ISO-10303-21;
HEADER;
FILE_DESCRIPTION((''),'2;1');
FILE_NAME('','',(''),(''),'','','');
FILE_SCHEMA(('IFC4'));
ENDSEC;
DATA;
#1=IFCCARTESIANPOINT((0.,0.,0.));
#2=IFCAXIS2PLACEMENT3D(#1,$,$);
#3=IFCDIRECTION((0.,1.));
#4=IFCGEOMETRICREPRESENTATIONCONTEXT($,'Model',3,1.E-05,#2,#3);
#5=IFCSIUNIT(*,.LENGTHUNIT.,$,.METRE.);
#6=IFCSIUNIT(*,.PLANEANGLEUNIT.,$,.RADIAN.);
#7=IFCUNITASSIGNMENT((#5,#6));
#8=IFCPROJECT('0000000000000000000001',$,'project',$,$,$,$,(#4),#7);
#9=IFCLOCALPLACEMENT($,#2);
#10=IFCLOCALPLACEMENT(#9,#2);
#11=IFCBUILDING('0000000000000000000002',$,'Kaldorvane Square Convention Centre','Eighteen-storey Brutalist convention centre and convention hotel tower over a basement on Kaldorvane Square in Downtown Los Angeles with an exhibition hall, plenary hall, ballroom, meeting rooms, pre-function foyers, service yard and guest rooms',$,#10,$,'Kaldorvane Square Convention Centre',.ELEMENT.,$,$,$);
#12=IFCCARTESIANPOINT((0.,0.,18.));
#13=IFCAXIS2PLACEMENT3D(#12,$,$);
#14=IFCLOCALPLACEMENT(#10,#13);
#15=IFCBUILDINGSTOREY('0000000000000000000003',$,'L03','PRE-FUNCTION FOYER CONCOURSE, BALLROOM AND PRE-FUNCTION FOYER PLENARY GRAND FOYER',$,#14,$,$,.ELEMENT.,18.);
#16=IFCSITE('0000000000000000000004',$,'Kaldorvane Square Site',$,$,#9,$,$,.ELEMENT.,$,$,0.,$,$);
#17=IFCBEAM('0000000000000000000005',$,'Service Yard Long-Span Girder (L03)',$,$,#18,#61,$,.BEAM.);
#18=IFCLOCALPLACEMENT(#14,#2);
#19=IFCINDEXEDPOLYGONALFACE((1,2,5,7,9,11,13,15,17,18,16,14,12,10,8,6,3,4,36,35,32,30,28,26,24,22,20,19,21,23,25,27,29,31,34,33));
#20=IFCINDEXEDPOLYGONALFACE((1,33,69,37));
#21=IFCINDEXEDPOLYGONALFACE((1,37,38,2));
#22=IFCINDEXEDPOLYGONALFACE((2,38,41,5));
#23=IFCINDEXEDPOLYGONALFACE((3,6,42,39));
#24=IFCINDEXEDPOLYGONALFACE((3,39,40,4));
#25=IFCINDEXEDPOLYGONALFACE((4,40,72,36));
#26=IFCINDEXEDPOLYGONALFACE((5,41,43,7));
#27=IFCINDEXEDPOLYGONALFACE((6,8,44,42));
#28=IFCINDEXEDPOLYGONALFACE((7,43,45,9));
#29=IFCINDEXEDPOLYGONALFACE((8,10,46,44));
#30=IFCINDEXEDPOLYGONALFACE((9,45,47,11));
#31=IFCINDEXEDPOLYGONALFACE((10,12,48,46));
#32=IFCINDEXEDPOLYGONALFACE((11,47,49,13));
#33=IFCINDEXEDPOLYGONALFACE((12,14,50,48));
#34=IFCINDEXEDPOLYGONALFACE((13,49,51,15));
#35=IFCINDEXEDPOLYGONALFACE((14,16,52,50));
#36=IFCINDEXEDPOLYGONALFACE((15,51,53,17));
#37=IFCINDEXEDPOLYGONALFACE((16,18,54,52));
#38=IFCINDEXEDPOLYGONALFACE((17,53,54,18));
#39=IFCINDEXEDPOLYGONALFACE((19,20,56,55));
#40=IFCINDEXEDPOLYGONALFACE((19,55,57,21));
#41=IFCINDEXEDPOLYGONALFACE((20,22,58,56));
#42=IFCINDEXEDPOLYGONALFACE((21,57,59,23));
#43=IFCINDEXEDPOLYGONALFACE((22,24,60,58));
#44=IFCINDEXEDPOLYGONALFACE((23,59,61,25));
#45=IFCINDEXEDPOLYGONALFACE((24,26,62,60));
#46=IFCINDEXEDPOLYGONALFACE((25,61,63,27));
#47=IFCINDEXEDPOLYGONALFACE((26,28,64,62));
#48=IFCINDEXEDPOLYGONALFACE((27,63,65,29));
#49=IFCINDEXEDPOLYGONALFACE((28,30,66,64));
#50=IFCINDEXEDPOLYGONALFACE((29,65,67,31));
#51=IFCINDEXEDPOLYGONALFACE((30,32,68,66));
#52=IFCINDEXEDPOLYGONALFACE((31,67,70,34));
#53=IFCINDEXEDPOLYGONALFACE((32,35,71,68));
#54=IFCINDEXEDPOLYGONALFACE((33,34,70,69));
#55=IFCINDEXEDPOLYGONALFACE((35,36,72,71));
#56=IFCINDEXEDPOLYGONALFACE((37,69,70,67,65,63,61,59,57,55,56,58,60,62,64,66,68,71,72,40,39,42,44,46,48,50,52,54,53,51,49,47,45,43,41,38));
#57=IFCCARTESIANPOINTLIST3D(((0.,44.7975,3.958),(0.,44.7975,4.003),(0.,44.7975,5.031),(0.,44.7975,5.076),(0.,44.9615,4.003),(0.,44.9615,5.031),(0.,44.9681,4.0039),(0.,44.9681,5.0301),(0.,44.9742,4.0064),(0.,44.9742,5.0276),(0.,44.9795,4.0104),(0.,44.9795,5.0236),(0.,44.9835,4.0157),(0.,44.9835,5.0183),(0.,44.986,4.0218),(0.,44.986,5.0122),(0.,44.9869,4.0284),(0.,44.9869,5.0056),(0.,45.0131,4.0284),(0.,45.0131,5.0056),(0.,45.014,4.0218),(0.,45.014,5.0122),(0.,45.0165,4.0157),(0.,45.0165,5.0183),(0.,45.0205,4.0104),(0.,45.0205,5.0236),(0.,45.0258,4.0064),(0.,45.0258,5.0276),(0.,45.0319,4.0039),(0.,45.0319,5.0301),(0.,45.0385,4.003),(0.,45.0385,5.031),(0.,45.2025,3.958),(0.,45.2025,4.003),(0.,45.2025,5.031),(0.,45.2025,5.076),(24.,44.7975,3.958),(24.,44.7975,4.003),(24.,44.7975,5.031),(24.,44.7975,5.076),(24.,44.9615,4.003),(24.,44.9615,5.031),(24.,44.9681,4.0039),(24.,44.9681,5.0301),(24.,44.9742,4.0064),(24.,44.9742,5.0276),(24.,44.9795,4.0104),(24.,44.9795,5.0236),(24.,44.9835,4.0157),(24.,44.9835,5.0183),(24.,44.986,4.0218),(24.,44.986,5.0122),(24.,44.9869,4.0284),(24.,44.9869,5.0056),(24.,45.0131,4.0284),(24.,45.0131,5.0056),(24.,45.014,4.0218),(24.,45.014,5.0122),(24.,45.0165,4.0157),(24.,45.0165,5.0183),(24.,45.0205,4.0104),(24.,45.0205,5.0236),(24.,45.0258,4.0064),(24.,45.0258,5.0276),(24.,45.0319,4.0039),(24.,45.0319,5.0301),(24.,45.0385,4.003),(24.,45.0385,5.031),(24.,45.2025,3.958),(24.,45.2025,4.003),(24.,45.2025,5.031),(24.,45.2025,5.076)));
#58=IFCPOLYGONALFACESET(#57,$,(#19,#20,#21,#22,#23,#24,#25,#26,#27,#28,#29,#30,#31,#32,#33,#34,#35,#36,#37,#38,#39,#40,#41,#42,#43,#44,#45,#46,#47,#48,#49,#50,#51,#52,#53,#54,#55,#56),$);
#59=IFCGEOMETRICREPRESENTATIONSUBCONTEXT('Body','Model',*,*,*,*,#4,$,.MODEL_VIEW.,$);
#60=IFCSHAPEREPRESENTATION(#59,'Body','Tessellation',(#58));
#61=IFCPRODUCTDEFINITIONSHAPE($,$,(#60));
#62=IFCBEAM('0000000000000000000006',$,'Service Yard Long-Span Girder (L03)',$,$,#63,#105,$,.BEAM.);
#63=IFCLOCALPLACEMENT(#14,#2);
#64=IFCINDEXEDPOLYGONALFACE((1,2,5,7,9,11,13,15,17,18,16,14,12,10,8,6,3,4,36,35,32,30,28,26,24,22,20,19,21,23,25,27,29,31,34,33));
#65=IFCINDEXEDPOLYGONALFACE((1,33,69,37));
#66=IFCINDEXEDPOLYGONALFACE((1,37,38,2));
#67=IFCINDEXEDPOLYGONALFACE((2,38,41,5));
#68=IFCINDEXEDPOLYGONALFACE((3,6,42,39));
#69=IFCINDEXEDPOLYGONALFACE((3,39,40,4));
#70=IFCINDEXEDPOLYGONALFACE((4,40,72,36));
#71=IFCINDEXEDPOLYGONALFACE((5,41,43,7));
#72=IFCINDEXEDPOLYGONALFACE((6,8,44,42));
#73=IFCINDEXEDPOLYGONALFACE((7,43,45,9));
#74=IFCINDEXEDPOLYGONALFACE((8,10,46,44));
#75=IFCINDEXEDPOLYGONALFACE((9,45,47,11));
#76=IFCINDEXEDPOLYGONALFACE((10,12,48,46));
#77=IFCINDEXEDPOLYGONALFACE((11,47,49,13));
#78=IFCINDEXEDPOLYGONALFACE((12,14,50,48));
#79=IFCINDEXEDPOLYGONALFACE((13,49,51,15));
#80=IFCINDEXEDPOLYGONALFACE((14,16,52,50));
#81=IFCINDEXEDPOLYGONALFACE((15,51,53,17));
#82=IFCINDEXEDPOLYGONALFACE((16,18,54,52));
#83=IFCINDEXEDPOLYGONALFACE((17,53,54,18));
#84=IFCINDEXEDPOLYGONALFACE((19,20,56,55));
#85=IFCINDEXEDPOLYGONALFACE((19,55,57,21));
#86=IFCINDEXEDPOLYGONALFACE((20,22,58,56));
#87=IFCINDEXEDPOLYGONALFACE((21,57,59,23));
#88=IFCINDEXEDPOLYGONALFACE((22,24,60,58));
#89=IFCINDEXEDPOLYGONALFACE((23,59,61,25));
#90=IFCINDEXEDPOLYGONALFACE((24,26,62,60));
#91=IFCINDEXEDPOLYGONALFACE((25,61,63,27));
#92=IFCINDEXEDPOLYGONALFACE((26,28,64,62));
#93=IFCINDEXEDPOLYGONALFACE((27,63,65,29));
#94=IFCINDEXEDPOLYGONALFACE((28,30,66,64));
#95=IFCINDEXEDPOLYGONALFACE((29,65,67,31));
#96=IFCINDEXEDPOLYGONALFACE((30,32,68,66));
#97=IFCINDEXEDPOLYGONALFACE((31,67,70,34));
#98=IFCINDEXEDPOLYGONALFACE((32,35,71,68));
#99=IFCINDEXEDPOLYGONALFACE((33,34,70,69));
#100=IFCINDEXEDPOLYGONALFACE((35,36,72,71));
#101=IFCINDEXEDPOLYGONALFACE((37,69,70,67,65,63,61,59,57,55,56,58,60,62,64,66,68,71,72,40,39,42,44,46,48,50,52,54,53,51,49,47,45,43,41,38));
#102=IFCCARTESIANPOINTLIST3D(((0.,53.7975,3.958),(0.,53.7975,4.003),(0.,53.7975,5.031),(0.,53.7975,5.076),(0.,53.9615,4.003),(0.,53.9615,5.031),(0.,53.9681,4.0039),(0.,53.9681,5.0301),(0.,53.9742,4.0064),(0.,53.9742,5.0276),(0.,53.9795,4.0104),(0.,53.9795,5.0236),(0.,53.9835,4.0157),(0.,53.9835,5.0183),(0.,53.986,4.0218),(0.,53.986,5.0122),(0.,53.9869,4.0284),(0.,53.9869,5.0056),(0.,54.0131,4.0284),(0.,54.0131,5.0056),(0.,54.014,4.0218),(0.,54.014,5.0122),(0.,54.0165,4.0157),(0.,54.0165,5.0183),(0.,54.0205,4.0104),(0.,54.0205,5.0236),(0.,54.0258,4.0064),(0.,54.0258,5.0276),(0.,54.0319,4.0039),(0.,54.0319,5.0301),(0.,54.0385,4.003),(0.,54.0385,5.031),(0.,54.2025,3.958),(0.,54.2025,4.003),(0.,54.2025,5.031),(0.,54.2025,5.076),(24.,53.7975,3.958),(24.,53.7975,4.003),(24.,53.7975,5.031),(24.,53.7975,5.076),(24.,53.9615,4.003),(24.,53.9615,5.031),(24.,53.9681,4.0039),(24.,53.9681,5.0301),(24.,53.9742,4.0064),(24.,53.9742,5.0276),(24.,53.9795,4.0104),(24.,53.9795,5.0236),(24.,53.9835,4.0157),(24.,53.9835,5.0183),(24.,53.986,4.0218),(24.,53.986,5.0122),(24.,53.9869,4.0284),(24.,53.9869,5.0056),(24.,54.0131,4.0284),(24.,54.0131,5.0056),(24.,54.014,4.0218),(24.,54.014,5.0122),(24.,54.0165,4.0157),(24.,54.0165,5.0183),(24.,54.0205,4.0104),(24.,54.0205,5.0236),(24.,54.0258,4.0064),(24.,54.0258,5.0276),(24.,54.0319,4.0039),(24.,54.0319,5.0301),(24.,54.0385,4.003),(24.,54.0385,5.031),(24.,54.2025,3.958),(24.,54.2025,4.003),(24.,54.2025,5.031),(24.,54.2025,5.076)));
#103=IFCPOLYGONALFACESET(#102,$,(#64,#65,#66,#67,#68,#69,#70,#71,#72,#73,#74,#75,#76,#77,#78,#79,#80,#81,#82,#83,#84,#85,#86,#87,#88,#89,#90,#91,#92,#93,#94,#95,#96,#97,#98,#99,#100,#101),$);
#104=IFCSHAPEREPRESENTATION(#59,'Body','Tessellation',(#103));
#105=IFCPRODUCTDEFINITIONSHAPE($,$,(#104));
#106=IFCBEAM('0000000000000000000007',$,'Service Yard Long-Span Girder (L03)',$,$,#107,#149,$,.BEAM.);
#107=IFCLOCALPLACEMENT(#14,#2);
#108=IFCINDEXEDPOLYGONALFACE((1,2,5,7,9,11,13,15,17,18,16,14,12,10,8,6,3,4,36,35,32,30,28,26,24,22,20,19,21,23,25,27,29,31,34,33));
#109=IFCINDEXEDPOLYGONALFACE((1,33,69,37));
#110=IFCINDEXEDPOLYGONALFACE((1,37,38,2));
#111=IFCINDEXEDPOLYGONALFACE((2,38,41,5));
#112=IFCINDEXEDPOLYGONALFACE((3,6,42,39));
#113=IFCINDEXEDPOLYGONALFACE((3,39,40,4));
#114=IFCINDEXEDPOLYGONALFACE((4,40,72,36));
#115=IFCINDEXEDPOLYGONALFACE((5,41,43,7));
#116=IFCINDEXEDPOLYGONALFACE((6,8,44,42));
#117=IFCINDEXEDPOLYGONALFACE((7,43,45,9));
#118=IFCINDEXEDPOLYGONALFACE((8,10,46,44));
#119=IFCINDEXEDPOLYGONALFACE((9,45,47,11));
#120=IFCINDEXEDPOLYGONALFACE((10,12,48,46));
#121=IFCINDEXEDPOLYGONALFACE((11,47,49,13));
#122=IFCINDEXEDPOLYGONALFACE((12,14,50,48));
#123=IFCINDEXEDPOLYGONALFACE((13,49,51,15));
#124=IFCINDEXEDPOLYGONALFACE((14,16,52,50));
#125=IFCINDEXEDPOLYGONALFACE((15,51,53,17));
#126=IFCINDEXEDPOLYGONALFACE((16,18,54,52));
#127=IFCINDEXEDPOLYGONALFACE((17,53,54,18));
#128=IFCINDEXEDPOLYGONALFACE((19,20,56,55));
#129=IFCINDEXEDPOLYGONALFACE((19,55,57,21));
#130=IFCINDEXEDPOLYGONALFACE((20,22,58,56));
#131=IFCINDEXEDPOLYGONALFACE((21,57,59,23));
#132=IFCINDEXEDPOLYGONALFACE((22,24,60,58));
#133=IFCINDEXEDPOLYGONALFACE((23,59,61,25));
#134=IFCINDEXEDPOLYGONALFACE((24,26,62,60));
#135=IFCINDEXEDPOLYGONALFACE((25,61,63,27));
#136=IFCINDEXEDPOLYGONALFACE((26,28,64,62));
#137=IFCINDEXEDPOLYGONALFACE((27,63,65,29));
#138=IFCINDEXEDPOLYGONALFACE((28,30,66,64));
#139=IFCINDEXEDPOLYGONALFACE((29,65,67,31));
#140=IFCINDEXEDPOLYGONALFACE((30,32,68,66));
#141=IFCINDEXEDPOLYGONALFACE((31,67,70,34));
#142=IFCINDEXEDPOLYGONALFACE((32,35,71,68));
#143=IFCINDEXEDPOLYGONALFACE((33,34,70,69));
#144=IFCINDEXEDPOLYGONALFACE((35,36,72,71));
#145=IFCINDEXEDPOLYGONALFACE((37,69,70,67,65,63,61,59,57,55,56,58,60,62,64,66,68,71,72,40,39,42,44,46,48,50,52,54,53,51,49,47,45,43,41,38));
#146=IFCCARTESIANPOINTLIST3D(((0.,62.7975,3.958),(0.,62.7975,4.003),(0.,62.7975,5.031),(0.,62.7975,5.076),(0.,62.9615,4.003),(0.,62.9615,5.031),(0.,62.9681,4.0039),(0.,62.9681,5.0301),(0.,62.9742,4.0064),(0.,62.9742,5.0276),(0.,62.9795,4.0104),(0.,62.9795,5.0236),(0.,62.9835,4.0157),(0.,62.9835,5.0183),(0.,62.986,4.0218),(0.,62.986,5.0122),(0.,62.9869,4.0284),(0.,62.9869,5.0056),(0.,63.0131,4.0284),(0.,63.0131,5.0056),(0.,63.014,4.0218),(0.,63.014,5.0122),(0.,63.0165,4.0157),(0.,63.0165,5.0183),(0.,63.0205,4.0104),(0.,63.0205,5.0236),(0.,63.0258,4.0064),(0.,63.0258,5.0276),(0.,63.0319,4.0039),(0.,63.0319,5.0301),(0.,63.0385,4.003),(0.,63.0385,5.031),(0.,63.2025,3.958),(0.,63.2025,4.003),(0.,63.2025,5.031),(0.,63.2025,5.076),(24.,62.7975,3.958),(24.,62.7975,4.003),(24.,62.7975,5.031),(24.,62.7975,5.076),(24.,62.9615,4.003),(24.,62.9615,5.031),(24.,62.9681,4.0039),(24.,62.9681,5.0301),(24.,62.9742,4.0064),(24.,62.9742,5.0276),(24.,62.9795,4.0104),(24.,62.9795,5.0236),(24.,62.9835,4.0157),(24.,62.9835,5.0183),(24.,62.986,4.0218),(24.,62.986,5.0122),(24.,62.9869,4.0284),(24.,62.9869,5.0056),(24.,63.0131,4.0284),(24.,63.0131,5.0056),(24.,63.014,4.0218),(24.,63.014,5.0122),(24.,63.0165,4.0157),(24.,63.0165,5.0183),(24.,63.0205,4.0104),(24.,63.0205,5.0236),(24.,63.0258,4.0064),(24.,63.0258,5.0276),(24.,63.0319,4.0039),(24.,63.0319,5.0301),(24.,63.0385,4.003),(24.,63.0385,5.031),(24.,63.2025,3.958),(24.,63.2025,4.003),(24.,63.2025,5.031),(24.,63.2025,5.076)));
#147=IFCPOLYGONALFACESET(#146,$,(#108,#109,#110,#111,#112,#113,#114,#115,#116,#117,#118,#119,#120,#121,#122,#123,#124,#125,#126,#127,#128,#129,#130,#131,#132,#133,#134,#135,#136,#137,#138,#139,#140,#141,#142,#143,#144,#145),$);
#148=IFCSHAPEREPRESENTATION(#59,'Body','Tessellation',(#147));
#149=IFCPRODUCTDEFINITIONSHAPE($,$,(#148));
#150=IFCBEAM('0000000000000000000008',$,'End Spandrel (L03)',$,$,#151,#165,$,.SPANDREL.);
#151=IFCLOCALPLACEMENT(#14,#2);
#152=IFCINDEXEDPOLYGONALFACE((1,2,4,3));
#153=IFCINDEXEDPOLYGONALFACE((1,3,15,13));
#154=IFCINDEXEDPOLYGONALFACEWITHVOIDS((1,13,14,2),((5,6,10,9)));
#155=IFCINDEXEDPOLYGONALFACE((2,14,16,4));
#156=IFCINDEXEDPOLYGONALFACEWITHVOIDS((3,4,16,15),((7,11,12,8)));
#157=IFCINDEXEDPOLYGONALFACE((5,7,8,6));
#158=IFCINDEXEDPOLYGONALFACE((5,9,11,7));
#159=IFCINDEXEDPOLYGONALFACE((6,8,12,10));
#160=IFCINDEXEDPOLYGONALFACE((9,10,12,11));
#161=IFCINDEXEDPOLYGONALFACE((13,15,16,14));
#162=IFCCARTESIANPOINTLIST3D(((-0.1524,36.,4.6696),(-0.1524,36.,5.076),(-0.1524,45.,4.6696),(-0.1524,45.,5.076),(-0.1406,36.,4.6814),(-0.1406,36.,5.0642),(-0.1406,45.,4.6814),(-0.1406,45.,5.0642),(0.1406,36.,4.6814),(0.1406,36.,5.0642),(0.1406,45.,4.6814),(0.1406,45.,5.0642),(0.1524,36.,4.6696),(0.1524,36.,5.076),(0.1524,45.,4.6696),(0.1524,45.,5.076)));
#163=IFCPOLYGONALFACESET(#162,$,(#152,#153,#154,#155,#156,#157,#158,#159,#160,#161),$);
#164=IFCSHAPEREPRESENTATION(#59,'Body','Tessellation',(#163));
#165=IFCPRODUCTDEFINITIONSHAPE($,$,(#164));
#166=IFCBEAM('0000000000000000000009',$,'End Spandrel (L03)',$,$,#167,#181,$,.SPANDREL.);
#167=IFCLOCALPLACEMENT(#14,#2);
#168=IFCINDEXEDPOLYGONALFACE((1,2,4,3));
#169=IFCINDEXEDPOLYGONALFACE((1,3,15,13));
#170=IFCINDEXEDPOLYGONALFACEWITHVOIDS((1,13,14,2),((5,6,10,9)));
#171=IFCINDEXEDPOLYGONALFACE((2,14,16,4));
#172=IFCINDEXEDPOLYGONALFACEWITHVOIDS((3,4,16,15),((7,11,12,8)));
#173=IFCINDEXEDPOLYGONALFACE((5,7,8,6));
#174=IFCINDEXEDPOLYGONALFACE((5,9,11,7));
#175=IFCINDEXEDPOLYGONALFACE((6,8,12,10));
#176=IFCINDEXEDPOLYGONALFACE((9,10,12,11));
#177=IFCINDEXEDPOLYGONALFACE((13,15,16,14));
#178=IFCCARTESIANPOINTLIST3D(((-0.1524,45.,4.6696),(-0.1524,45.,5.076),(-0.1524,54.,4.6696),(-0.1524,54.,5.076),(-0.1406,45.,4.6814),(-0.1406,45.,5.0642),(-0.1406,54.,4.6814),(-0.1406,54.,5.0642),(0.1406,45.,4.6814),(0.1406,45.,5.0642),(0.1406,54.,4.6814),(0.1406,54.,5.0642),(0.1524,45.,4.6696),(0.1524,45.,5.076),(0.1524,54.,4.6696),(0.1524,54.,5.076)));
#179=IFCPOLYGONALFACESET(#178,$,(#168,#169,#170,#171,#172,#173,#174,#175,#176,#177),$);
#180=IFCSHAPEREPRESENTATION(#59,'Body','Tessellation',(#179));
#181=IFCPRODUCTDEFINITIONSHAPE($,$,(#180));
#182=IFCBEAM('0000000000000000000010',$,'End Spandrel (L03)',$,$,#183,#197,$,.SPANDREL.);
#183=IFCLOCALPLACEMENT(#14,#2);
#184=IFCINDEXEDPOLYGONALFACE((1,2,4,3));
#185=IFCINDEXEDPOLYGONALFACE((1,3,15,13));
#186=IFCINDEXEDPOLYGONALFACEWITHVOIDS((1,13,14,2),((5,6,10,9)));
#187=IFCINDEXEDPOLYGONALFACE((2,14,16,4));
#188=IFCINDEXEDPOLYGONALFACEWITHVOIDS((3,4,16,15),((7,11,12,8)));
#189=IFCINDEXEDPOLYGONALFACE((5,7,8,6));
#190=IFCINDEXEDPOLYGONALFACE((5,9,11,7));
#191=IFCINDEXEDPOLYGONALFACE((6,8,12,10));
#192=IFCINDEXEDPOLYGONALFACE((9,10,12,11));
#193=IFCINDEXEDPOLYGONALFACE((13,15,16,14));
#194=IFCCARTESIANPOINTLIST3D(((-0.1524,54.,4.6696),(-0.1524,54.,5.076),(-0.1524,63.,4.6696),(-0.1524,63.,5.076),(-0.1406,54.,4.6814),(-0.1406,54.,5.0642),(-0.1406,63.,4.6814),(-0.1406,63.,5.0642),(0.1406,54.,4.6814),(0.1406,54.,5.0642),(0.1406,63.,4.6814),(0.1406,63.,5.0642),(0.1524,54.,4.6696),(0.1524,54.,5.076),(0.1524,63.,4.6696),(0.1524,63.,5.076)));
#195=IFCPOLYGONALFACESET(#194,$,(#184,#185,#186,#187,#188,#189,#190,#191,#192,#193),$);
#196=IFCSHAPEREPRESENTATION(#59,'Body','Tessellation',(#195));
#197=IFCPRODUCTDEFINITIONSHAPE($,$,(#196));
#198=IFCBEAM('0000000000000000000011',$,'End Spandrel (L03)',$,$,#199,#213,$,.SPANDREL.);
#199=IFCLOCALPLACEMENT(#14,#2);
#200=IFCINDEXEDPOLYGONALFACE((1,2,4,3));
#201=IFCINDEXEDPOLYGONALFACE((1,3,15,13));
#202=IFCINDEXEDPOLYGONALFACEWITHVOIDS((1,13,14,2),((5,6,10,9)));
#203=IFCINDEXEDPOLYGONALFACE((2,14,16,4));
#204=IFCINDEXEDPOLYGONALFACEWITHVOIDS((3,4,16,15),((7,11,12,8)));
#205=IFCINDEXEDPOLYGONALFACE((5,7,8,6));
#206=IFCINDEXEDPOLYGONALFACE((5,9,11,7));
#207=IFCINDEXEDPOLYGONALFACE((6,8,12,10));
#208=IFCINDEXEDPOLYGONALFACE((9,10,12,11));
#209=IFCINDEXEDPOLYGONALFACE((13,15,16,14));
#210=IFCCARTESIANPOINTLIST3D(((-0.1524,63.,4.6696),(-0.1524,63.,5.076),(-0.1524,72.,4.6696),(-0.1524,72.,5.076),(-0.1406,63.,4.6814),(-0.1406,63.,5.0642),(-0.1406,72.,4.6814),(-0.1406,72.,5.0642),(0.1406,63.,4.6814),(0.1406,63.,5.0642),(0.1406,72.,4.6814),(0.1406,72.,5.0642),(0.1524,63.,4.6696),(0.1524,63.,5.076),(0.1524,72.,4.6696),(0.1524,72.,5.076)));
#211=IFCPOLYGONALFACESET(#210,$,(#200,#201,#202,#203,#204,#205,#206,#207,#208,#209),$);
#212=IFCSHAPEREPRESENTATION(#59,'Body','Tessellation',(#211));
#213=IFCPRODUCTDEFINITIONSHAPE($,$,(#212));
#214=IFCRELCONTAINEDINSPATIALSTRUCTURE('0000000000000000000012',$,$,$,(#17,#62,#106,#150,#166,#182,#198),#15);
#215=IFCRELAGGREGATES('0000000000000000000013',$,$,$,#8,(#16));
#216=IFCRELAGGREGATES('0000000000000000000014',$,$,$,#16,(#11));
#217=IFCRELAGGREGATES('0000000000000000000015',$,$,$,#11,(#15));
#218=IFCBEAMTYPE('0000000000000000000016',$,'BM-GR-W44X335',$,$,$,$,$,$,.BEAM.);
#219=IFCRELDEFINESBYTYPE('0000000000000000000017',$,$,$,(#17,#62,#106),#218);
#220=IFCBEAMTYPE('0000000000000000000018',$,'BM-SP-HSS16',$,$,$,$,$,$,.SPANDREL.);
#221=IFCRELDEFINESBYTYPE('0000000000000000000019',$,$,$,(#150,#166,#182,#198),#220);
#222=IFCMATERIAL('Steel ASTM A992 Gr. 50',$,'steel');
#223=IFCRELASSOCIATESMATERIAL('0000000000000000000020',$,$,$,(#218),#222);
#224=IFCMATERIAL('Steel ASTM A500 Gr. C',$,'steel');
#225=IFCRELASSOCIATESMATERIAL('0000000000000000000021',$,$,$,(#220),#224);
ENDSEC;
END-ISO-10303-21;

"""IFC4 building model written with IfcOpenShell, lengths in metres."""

from ifc_helpers import new_model, si_unit, direction, frame, origin, origin_2d, place, context, subcontext, project, spatial, hollow_rectangle, i_section, extrude, material, material_profile, profile_set, type_object, element, save


model = new_model("IFC4")

# Units and contexts
model_context = context("Model", 3, precision=1e-05, world=origin(), true_north=direction((0.0, 1.0)))
body_context = subcontext(model_context, "Body", "Model", "MODEL_VIEW")
ifc_project = project(units=[si_unit("LENGTHUNIT", "METRE"), si_unit("PLANEANGLEUNIT", "RADIAN")], contexts=[model_context])

# Site, building, storey
site_placement = place(None, origin())
site = spatial("IfcSite", under=ifc_project, at=site_placement, Name="Kaldorvane Square Site", CompositionType="ELEMENT", RefElevation=0.0)
building_placement = place(site_placement, origin())
building = spatial("IfcBuilding", under=site, at=building_placement, Name="Kaldorvane Square Convention Centre", Description="Eighteen-storey Brutalist convention centre and convention hotel tower over a basement on Kaldorvane Square in Downtown Los Angeles with an exhibition hall, plenary hall, ballroom, meeting rooms, pre-function foyers, service yard and guest rooms", LongName="Kaldorvane Square Convention Centre", CompositionType="ELEMENT")
storey_placement = place(building_placement, frame((0.0, 0.0, 18.0)))
storey = spatial("IfcBuildingStorey", under=building, at=storey_placement, Name="L03", Description="PRE-FUNCTION FOYER CONCOURSE, BALLROOM AND PRE-FUNCTION FOYER PLENARY GRAND FOYER", CompositionType="ELEMENT", Elevation=18.0)

# Shared definitions
ifc_material_1 = material(Name="Steel ASTM A500 Gr. C", Category="steel")
ifc_material_2 = material(Name="Steel ASTM A992 Gr. 50", Category="steel")

# Beams
ifc_material_profile_1 = material_profile(ifc_material_2, i_section(OverallWidth=0.405, OverallDepth=1.118, WebThickness=0.0262, FlangeThickness=0.045, FilletRadius=0.0254, at=origin_2d()), Name="W44X335")
ifc_profile_set_1 = profile_set([ifc_material_profile_1], Name="Steel ASTM A992 Gr. 50")
beam_type_1 = type_object("IfcBeamType", Name="BM-GR-W44X335", PredefinedType="BEAM", material=ifc_profile_set_1)
for number, where, z_axis, x_axis, name in (
    (1, (0.0, 45.0, 4.517), (1.0, 0.0, 0.0), (0.0, 1.0, 0.0), "Service Yard Long-Span Girder (L03)"),
    (2, (0.0, 54.0, 4.517), (1.0, 0.0, 0.0), (0.0, 1.0, 0.0), "Service Yard Long-Span Girder (L03)"),
    (3, (0.0, 63.0, 4.517), (1.0, 0.0, 0.0), (0.0, 1.0, 0.0), "Service Yard Long-Span Girder (L03)"),
):
    element("IfcBeam", number, at=place(storey_placement, frame(where, z_axis=z_axis, x_axis=x_axis)), inside=storey, type_object=beam_type_1, Name=name, PredefinedType="BEAM", context=body_context, shape_type="SweptSolid", body=[
        extrude(i_section(OverallWidth=0.405, OverallDepth=1.118, WebThickness=0.0262, FlangeThickness=0.045, FilletRadius=0.0254, at=origin_2d()), origin(), (0.0, 0.0, 1.0), 24.0),
    ])
ifc_material_profile_2 = material_profile(ifc_material_1, hollow_rectangle(XDim=0.3048, YDim=0.4064, WallThickness=0.0118, at=origin_2d()), Name="HSS16X12X1/2")
ifc_profile_set_2 = profile_set([ifc_material_profile_2], Name="Steel ASTM A500 Gr. C")
beam_type_2 = type_object("IfcBeamType", Name="BM-SP-HSS16", PredefinedType="SPANDREL", material=ifc_profile_set_2)
for number, where, z_axis, x_axis, name in (
    (4, (0.0, 36.0, 4.8728), (0.0, 1.0, 0.0), (-1.0, 0.0, 0.0), "End Spandrel (L03)"),
    (5, (0.0, 45.0, 4.8728), (0.0, 1.0, 0.0), (-1.0, 0.0, 0.0), "End Spandrel (L03)"),
    (6, (0.0, 54.0, 4.8728), (0.0, 1.0, 0.0), (-1.0, 0.0, 0.0), "End Spandrel (L03)"),
    (7, (0.0, 63.0, 4.8728), (0.0, 1.0, 0.0), (-1.0, 0.0, 0.0), "End Spandrel (L03)"),
):
    element("IfcBeam", number, at=place(storey_placement, frame(where, z_axis=z_axis, x_axis=x_axis)), inside=storey, type_object=beam_type_2, Name=name, PredefinedType="SPANDREL", context=body_context, shape_type="SweptSolid", body=[
        extrude(hollow_rectangle(XDim=0.3048, YDim=0.4064, WallThickness=0.0118, at=origin_2d()), origin(), (0.0, 0.0, 1.0), 9.0),
    ])

save(model, "model.ifc")
